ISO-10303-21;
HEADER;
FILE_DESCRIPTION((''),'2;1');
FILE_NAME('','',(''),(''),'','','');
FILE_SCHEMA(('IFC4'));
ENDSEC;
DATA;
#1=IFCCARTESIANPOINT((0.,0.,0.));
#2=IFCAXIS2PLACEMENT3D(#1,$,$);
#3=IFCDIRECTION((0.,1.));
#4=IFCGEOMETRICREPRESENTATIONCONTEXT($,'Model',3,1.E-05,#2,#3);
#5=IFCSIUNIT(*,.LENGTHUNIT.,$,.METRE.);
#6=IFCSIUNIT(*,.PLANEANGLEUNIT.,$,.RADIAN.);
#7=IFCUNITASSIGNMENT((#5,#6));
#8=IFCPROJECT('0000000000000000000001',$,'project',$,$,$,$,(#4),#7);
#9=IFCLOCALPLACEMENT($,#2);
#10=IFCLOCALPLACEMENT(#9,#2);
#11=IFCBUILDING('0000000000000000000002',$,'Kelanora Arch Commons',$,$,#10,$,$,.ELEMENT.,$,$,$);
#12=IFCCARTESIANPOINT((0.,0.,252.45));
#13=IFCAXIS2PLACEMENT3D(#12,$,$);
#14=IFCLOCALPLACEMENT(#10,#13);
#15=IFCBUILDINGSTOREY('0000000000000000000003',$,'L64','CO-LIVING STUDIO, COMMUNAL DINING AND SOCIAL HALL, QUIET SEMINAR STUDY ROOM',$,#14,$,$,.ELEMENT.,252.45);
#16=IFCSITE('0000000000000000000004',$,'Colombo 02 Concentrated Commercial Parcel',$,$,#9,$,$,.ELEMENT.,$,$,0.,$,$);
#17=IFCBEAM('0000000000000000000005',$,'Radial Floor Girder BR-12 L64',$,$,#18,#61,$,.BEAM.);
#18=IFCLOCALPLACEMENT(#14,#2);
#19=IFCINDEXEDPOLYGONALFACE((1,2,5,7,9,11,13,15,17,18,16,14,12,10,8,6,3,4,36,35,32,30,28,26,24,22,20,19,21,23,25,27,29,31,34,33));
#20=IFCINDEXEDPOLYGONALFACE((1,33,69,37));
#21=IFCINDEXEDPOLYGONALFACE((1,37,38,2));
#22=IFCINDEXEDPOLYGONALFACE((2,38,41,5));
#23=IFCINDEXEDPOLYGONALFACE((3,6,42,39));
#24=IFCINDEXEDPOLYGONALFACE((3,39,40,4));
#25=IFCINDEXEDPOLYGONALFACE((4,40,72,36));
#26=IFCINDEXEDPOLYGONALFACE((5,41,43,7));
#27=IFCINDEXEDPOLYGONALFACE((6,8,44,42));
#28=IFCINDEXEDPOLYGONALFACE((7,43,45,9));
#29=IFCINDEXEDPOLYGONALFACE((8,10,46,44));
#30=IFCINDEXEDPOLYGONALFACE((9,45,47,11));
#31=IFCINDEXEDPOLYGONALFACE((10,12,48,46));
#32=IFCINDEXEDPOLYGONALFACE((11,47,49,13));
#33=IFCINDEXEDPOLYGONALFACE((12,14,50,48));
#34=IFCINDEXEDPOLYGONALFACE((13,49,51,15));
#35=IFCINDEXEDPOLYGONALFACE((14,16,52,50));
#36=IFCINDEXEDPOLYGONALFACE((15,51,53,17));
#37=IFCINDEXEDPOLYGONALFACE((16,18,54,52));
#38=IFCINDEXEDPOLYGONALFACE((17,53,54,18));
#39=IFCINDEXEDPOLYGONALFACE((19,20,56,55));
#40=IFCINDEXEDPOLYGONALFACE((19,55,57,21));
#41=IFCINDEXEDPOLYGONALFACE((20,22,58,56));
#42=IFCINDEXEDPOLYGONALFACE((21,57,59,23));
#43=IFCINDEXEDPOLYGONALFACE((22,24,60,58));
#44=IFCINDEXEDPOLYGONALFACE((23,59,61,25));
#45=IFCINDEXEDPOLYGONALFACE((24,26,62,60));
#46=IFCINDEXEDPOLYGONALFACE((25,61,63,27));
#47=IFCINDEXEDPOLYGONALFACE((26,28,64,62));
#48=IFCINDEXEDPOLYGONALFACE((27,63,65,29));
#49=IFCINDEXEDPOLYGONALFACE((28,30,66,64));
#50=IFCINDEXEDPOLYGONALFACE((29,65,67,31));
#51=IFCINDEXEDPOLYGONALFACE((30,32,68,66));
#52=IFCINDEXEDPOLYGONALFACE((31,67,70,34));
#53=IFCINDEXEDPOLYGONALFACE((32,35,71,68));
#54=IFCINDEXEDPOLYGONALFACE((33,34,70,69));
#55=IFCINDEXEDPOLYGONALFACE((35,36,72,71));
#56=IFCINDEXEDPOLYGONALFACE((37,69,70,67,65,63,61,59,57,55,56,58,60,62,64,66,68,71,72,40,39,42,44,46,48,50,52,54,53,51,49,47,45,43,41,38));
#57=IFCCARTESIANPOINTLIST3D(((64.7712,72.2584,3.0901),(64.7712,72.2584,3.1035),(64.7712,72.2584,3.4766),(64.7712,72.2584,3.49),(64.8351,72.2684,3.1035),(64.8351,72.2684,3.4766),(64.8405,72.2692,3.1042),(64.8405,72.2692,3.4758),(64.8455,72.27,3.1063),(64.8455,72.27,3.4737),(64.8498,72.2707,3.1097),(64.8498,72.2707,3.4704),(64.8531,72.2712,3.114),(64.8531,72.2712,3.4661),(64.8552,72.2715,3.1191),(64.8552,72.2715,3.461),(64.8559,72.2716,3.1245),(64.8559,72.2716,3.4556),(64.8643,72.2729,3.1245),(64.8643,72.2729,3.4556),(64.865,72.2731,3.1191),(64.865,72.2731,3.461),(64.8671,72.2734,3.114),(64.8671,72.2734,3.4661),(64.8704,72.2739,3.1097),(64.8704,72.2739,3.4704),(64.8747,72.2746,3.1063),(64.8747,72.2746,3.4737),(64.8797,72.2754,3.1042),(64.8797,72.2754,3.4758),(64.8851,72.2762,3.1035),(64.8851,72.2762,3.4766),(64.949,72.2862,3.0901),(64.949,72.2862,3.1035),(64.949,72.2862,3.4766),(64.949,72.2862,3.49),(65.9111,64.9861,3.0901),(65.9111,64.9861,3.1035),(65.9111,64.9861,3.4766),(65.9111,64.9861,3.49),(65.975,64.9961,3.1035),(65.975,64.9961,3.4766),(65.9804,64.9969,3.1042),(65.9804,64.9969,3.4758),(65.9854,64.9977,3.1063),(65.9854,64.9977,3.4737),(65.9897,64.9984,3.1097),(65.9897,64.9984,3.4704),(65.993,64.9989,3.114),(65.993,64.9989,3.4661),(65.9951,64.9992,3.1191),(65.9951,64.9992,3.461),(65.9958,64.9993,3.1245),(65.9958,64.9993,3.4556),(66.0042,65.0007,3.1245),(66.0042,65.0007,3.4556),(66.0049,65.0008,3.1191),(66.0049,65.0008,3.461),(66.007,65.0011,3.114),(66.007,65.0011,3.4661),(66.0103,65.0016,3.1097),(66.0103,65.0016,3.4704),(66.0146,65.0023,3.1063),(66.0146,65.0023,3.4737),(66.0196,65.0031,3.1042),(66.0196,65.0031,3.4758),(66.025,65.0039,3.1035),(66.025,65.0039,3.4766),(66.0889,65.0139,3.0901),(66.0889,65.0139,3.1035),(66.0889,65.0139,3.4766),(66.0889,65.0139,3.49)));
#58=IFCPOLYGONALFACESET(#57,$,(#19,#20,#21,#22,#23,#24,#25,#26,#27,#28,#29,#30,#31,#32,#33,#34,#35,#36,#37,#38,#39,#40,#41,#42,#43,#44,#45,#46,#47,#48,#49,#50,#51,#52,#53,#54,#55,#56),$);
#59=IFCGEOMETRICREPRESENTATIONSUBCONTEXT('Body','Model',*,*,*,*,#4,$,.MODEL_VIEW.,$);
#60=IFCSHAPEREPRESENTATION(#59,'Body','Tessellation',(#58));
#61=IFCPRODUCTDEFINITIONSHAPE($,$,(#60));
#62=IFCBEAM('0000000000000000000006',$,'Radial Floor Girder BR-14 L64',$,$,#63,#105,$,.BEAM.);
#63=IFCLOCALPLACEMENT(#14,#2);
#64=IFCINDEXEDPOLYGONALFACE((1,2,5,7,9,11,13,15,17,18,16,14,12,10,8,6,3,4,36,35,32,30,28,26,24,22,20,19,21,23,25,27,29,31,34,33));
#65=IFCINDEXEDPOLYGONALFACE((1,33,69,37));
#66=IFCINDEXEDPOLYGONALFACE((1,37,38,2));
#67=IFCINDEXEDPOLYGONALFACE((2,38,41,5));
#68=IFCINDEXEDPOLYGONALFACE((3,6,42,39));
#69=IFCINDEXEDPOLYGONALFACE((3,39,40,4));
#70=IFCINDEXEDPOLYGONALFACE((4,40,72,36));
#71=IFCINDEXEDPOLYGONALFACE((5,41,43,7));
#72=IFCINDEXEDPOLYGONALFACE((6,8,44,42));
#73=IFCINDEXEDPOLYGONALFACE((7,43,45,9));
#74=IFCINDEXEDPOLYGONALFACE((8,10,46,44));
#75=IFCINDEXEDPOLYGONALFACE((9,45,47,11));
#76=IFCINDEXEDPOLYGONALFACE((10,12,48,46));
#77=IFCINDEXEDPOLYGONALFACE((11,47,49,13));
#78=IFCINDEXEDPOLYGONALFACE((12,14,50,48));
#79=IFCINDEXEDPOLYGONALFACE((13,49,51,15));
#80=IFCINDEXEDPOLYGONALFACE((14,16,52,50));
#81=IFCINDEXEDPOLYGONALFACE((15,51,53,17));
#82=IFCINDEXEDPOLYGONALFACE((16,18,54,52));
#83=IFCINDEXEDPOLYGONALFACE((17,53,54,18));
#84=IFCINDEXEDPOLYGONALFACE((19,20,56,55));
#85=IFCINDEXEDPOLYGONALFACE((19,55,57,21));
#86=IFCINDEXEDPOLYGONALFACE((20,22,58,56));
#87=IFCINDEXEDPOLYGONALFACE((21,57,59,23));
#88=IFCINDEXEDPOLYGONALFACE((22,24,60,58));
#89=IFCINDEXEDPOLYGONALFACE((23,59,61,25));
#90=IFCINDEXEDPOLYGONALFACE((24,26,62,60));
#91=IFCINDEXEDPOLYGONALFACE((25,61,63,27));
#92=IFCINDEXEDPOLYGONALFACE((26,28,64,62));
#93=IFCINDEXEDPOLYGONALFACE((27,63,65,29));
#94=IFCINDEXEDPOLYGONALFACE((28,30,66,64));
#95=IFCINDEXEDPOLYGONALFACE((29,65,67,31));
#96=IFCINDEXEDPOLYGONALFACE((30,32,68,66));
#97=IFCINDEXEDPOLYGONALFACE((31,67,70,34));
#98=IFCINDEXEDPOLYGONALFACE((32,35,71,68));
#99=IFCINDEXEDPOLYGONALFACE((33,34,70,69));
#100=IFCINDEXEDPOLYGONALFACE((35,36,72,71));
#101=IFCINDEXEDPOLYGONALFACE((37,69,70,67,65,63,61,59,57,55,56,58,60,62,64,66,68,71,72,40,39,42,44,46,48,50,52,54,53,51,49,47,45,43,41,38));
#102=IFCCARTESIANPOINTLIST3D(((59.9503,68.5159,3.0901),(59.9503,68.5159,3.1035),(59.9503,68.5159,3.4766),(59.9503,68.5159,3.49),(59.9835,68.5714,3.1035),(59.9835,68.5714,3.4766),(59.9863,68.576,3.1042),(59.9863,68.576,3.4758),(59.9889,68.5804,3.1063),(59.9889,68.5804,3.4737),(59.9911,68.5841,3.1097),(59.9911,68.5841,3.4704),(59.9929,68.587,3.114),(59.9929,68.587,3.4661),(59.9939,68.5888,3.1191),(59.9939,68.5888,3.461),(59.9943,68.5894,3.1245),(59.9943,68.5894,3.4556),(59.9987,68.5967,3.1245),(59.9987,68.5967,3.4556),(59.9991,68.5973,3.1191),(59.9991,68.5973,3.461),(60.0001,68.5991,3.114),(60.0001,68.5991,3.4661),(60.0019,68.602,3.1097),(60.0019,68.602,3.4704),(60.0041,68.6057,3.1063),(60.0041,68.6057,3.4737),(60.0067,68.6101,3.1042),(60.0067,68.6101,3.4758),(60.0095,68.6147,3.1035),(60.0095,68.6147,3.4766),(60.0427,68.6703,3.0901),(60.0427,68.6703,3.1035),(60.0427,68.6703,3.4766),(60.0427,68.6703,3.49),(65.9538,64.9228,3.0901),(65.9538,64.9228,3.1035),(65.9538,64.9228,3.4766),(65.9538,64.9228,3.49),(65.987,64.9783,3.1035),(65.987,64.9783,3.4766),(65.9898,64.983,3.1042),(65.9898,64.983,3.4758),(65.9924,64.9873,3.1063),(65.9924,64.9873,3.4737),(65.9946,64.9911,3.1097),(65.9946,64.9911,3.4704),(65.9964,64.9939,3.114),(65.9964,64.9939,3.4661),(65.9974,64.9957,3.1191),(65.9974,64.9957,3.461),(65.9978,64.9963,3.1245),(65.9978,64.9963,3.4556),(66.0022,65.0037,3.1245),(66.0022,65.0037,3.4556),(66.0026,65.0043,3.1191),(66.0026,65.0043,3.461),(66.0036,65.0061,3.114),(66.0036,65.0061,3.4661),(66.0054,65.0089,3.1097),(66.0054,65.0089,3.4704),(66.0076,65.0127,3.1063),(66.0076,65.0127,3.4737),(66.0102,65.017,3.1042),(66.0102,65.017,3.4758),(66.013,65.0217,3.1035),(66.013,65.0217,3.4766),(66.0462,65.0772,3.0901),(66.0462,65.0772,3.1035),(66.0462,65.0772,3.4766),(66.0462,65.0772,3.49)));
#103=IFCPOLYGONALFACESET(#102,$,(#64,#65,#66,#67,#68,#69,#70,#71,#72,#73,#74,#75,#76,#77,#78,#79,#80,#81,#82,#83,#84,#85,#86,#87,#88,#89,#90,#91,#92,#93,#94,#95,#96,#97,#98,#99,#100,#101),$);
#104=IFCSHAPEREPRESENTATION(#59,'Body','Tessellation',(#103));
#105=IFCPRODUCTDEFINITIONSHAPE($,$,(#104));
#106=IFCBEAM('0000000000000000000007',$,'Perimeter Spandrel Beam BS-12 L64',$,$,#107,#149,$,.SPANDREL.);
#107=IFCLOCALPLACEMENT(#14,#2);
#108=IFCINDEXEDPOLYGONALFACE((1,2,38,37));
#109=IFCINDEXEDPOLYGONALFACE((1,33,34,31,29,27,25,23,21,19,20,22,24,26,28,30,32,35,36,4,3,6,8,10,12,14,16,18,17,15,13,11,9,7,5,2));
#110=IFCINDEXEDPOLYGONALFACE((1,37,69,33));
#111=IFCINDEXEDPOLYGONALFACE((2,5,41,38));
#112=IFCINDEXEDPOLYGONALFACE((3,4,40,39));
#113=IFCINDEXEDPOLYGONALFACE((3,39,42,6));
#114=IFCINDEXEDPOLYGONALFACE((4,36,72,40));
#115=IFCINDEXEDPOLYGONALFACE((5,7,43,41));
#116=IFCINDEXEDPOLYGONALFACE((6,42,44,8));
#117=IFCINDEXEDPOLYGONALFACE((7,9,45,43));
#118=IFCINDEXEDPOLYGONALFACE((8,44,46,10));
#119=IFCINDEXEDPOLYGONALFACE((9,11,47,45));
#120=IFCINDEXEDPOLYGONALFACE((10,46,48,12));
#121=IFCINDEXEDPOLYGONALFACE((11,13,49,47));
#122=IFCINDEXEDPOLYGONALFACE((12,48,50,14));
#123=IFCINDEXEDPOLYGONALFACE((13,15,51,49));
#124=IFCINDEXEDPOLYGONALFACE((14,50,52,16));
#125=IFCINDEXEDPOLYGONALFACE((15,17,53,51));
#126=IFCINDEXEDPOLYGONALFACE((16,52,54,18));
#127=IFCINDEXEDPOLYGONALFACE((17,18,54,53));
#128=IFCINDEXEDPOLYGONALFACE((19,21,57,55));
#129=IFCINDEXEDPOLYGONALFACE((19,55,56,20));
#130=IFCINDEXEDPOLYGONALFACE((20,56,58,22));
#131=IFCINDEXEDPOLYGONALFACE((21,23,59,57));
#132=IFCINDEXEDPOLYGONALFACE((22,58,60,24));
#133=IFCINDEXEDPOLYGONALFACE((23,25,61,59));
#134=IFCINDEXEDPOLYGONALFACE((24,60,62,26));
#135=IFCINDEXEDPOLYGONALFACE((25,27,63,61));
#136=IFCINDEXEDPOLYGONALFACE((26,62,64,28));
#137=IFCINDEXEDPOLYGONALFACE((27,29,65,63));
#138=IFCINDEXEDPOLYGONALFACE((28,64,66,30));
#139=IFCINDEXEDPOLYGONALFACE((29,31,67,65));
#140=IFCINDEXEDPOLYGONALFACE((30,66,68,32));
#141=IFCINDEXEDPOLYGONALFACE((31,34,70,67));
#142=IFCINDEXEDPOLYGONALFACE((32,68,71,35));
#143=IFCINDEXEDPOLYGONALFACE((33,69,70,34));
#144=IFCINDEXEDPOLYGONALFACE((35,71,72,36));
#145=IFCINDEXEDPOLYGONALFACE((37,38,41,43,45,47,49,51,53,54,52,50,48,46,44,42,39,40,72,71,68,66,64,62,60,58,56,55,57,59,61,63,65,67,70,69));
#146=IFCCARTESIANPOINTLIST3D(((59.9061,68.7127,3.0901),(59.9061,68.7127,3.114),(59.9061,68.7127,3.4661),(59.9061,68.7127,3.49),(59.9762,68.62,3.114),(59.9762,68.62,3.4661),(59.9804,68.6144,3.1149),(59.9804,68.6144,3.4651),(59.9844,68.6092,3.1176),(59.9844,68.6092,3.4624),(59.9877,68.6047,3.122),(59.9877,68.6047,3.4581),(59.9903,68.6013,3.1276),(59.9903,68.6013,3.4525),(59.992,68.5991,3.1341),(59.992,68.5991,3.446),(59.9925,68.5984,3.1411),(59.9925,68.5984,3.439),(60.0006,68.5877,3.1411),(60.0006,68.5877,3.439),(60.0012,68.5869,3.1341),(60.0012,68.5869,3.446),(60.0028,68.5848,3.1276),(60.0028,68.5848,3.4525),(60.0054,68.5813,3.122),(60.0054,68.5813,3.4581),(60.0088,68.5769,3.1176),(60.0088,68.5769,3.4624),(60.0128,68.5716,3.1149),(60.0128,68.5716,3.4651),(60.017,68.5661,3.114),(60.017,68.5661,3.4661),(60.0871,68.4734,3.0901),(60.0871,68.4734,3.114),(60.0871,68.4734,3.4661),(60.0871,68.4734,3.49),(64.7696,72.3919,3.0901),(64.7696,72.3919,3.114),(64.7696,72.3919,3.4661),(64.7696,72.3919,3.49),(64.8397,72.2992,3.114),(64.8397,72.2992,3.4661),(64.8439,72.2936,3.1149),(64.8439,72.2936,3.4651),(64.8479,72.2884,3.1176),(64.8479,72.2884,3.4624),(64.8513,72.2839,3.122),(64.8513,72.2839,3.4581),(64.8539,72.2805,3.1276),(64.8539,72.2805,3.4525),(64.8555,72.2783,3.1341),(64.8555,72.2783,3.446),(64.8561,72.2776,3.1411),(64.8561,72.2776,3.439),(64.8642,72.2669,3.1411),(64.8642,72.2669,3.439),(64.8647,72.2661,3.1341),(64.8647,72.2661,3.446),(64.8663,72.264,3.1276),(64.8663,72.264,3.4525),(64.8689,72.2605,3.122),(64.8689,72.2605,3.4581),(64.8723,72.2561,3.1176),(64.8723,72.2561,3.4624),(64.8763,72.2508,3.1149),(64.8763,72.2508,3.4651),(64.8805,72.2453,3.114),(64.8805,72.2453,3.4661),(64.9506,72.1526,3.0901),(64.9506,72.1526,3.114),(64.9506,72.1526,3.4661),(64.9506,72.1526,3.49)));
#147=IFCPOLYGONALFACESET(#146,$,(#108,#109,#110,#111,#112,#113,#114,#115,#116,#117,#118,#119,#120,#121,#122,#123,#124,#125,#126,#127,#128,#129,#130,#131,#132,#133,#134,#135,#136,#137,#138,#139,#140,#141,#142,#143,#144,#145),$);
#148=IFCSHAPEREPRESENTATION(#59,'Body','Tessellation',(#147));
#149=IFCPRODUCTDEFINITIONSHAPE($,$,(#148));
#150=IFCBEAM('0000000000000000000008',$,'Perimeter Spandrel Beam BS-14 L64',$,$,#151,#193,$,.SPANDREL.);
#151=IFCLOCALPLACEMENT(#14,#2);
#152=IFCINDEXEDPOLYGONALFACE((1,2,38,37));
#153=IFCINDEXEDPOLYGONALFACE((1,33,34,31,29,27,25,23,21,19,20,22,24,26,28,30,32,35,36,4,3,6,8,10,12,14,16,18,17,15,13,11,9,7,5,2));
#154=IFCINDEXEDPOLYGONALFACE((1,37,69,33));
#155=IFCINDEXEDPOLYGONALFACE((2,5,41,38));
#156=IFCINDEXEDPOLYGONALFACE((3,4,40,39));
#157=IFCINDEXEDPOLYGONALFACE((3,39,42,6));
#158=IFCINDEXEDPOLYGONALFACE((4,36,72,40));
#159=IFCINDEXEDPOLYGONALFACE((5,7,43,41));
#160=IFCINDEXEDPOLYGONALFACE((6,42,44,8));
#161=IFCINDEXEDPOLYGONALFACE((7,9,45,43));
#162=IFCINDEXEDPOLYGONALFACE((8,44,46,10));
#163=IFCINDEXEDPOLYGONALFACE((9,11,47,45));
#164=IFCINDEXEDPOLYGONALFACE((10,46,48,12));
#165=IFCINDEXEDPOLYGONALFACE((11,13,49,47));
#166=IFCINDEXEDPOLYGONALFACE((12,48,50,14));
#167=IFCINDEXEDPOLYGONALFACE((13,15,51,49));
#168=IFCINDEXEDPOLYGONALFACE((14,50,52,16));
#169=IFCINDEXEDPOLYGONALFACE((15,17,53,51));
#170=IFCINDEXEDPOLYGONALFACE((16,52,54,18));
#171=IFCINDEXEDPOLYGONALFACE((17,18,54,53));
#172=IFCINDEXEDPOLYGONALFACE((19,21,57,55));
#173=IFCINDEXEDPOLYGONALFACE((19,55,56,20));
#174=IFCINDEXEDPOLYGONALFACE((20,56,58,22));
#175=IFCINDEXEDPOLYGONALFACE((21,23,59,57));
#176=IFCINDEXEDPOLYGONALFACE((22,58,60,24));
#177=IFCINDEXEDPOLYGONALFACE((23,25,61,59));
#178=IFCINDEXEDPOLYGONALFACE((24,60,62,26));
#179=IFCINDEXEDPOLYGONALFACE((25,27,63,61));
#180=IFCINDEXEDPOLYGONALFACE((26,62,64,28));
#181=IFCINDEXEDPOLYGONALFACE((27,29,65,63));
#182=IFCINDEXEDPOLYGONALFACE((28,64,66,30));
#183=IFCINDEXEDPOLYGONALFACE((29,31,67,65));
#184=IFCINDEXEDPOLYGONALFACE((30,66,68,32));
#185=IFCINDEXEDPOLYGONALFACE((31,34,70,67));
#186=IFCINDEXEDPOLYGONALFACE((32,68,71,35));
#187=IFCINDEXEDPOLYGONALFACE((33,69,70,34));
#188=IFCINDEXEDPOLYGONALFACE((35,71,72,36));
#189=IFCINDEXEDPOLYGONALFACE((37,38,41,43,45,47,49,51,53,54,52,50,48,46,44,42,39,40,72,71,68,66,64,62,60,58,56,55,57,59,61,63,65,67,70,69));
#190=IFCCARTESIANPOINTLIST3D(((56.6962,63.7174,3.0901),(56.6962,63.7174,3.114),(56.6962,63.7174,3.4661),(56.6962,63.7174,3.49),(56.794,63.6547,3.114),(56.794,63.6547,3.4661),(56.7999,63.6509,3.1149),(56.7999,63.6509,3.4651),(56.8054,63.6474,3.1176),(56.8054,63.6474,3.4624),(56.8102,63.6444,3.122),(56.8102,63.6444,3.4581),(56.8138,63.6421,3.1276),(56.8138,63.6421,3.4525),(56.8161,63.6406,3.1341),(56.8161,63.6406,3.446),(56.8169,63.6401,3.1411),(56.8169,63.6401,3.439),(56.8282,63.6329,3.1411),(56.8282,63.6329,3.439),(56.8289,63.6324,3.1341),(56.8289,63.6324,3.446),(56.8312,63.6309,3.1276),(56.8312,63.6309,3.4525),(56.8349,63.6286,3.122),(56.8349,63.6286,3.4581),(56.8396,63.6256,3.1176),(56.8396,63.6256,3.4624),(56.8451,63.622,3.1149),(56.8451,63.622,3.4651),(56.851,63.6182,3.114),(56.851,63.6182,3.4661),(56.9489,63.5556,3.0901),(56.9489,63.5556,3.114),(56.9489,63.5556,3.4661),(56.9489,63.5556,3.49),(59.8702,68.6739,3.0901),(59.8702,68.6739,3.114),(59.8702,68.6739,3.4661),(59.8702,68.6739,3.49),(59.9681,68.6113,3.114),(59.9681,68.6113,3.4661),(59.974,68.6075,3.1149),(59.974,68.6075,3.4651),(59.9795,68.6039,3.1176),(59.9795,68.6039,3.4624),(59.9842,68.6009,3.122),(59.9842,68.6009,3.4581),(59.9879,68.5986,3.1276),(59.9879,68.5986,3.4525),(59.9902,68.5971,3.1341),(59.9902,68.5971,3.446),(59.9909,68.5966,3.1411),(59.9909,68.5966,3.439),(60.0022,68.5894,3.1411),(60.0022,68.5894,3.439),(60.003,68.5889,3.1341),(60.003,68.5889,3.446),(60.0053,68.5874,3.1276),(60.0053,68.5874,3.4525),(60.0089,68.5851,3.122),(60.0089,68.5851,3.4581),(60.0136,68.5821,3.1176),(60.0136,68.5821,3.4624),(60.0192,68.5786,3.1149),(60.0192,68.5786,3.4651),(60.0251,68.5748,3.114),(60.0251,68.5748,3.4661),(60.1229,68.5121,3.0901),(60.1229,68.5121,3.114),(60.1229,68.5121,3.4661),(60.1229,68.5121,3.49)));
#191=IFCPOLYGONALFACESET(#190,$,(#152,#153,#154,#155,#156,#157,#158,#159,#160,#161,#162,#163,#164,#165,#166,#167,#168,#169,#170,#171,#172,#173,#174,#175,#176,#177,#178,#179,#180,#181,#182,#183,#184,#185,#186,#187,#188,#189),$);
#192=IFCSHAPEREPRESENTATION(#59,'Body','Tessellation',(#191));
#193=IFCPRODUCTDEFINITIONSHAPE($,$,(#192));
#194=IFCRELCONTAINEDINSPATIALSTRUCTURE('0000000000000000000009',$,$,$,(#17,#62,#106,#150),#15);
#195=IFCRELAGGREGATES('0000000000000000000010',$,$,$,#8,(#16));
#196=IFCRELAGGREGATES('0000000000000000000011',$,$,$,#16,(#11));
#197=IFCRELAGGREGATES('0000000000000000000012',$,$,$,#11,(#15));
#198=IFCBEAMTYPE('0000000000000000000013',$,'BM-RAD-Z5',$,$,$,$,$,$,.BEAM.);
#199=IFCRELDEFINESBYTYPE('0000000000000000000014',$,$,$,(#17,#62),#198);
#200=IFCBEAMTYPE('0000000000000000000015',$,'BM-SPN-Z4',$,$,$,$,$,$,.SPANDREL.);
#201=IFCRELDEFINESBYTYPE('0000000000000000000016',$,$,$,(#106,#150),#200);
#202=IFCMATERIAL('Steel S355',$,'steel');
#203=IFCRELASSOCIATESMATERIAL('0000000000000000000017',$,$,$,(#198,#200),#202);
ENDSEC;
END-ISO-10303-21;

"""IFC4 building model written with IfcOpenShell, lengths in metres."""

from ifc_helpers import new_model, si_unit, direction, frame, origin, origin_2d, place, context, subcontext, project, spatial, i_section, extrude, material, material_profile, profile_set, type_object, element, save


model = new_model("IFC4")

# Units and contexts
model_context = context("Model", 3, precision=1e-05, world=origin(), true_north=direction((0.0, 1.0)))
body_context = subcontext(model_context, "Body", "Model", "MODEL_VIEW")
ifc_project = project(units=[si_unit("LENGTHUNIT", "METRE"), si_unit("PLANEANGLEUNIT", "RADIAN")], contexts=[model_context])

# Site, building, storey
site_placement = place(None, origin())
site = spatial("IfcSite", under=ifc_project, at=site_placement, Name="Colombo 02 Concentrated Commercial Parcel", CompositionType="ELEMENT", RefElevation=0.0)
building_placement = place(site_placement, origin())
building = spatial("IfcBuilding", under=site, at=building_placement, Name="Kelanora Arch Commons", CompositionType="ELEMENT")
storey_placement = place(building_placement, frame((0.0, 0.0, 252.45)))
storey = spatial("IfcBuildingStorey", under=building, at=storey_placement, Name="L64", Description="CO-LIVING STUDIO, COMMUNAL DINING AND SOCIAL HALL, QUIET SEMINAR STUDY ROOM", CompositionType="ELEMENT", Elevation=252.45)

# Beams
ifc_material_1 = material(Name="Steel S355", Category="steel")
ifc_material_profile_1 = material_profile(ifc_material_1, i_section(OverallWidth=0.1799, OverallDepth=0.3999, WebThickness=0.0085, FlangeThickness=0.0134, FilletRadius=0.021, at=origin_2d()), Name="IPE400")
ifc_profile_set_1 = profile_set([ifc_material_profile_1], Name="Steel S355")
beam_type_1 = type_object("IfcBeamType", Name="BM-RAD-Z5", PredefinedType="BEAM", material=ifc_profile_set_1)
beam_1_placement = place(storey_placement, frame((66.0, 65.0, 3.29), z_axis=(-0.154855, 0.987937, 0.0), x_axis=(-0.987937, -0.154855, 0.0)))
element("IfcBeam", 1, at=beam_1_placement, inside=storey, type_object=beam_type_1, Name="Radial Floor Girder BR-12 L64", PredefinedType="BEAM", context=body_context, shape_type="SweptSolid", body=[
    extrude(i_section(OverallWidth=0.1799, OverallDepth=0.3999, WebThickness=0.0085, FlangeThickness=0.0134, FilletRadius=0.021, at=origin_2d()), origin(), (0.0, 0.0, 1.0), 7.3611),
])
beam_2_placement = place(storey_placement, frame((66.0, 65.0, 3.29), z_axis=(-0.858062, 0.513546, 0.0), x_axis=(-0.513546, -0.858062, 0.0)))
element("IfcBeam", 2, at=beam_2_placement, inside=storey, type_object=beam_type_1, Name="Radial Floor Girder BR-14 L64", PredefinedType="BEAM", context=body_context, shape_type="SweptSolid", body=[
    extrude(i_section(OverallWidth=0.1799, OverallDepth=0.3999, WebThickness=0.0085, FlangeThickness=0.0134, FilletRadius=0.021, at=origin_2d()), origin(), (0.0, 0.0, 1.0), 6.9966),
])
ifc_material_profile_2 = material_profile(ifc_material_1, i_section(OverallWidth=0.3, OverallDepth=0.3999, WebThickness=0.0134, FlangeThickness=0.0239, FilletRadius=0.0271, at=origin_2d()), Name="HEB400")
ifc_profile_set_2 = profile_set([ifc_material_profile_2], Name="Steel S355")
beam_type_2 = type_object("IfcBeamType", Name="BM-SPN-Z4", PredefinedType="SPANDREL", material=ifc_profile_set_2)
beam_3_placement = place(storey_placement, frame((64.8601, 72.2722, 3.29), z_axis=(-0.797509, -0.603306, 0.0), x_axis=(0.603306, -0.797509, 0.0)))
element("IfcBeam", 3, at=beam_3_placement, inside=storey, type_object=beam_type_2, Name="Perimeter Spandrel Beam BS-12 L64", PredefinedType="SPANDREL", context=body_context, shape_type="SweptSolid", body=[
    extrude(i_section(OverallWidth=0.3, OverallDepth=0.3999, WebThickness=0.0134, FlangeThickness=0.0239, FilletRadius=0.0271, at=origin_2d()), origin(), (0.0, 0.0, 1.0), 6.0984),
])
beam_4_placement = place(storey_placement, frame((59.9966, 68.593, 3.29), z_axis=(-0.539281, -0.842126, 0.0), x_axis=(0.842126, -0.539281, 0.0)))
element("IfcBeam", 4, at=beam_4_placement, inside=storey, type_object=beam_type_2, Name="Perimeter Spandrel Beam BS-14 L64", PredefinedType="SPANDREL", context=body_context, shape_type="SweptSolid", body=[
    extrude(i_section(OverallWidth=0.3, OverallDepth=0.3999, WebThickness=0.0134, FlangeThickness=0.0239, FilletRadius=0.0271, at=origin_2d()), origin(), (0.0, 0.0, 1.0), 5.8857),
])

save(model, "model.ifc")
